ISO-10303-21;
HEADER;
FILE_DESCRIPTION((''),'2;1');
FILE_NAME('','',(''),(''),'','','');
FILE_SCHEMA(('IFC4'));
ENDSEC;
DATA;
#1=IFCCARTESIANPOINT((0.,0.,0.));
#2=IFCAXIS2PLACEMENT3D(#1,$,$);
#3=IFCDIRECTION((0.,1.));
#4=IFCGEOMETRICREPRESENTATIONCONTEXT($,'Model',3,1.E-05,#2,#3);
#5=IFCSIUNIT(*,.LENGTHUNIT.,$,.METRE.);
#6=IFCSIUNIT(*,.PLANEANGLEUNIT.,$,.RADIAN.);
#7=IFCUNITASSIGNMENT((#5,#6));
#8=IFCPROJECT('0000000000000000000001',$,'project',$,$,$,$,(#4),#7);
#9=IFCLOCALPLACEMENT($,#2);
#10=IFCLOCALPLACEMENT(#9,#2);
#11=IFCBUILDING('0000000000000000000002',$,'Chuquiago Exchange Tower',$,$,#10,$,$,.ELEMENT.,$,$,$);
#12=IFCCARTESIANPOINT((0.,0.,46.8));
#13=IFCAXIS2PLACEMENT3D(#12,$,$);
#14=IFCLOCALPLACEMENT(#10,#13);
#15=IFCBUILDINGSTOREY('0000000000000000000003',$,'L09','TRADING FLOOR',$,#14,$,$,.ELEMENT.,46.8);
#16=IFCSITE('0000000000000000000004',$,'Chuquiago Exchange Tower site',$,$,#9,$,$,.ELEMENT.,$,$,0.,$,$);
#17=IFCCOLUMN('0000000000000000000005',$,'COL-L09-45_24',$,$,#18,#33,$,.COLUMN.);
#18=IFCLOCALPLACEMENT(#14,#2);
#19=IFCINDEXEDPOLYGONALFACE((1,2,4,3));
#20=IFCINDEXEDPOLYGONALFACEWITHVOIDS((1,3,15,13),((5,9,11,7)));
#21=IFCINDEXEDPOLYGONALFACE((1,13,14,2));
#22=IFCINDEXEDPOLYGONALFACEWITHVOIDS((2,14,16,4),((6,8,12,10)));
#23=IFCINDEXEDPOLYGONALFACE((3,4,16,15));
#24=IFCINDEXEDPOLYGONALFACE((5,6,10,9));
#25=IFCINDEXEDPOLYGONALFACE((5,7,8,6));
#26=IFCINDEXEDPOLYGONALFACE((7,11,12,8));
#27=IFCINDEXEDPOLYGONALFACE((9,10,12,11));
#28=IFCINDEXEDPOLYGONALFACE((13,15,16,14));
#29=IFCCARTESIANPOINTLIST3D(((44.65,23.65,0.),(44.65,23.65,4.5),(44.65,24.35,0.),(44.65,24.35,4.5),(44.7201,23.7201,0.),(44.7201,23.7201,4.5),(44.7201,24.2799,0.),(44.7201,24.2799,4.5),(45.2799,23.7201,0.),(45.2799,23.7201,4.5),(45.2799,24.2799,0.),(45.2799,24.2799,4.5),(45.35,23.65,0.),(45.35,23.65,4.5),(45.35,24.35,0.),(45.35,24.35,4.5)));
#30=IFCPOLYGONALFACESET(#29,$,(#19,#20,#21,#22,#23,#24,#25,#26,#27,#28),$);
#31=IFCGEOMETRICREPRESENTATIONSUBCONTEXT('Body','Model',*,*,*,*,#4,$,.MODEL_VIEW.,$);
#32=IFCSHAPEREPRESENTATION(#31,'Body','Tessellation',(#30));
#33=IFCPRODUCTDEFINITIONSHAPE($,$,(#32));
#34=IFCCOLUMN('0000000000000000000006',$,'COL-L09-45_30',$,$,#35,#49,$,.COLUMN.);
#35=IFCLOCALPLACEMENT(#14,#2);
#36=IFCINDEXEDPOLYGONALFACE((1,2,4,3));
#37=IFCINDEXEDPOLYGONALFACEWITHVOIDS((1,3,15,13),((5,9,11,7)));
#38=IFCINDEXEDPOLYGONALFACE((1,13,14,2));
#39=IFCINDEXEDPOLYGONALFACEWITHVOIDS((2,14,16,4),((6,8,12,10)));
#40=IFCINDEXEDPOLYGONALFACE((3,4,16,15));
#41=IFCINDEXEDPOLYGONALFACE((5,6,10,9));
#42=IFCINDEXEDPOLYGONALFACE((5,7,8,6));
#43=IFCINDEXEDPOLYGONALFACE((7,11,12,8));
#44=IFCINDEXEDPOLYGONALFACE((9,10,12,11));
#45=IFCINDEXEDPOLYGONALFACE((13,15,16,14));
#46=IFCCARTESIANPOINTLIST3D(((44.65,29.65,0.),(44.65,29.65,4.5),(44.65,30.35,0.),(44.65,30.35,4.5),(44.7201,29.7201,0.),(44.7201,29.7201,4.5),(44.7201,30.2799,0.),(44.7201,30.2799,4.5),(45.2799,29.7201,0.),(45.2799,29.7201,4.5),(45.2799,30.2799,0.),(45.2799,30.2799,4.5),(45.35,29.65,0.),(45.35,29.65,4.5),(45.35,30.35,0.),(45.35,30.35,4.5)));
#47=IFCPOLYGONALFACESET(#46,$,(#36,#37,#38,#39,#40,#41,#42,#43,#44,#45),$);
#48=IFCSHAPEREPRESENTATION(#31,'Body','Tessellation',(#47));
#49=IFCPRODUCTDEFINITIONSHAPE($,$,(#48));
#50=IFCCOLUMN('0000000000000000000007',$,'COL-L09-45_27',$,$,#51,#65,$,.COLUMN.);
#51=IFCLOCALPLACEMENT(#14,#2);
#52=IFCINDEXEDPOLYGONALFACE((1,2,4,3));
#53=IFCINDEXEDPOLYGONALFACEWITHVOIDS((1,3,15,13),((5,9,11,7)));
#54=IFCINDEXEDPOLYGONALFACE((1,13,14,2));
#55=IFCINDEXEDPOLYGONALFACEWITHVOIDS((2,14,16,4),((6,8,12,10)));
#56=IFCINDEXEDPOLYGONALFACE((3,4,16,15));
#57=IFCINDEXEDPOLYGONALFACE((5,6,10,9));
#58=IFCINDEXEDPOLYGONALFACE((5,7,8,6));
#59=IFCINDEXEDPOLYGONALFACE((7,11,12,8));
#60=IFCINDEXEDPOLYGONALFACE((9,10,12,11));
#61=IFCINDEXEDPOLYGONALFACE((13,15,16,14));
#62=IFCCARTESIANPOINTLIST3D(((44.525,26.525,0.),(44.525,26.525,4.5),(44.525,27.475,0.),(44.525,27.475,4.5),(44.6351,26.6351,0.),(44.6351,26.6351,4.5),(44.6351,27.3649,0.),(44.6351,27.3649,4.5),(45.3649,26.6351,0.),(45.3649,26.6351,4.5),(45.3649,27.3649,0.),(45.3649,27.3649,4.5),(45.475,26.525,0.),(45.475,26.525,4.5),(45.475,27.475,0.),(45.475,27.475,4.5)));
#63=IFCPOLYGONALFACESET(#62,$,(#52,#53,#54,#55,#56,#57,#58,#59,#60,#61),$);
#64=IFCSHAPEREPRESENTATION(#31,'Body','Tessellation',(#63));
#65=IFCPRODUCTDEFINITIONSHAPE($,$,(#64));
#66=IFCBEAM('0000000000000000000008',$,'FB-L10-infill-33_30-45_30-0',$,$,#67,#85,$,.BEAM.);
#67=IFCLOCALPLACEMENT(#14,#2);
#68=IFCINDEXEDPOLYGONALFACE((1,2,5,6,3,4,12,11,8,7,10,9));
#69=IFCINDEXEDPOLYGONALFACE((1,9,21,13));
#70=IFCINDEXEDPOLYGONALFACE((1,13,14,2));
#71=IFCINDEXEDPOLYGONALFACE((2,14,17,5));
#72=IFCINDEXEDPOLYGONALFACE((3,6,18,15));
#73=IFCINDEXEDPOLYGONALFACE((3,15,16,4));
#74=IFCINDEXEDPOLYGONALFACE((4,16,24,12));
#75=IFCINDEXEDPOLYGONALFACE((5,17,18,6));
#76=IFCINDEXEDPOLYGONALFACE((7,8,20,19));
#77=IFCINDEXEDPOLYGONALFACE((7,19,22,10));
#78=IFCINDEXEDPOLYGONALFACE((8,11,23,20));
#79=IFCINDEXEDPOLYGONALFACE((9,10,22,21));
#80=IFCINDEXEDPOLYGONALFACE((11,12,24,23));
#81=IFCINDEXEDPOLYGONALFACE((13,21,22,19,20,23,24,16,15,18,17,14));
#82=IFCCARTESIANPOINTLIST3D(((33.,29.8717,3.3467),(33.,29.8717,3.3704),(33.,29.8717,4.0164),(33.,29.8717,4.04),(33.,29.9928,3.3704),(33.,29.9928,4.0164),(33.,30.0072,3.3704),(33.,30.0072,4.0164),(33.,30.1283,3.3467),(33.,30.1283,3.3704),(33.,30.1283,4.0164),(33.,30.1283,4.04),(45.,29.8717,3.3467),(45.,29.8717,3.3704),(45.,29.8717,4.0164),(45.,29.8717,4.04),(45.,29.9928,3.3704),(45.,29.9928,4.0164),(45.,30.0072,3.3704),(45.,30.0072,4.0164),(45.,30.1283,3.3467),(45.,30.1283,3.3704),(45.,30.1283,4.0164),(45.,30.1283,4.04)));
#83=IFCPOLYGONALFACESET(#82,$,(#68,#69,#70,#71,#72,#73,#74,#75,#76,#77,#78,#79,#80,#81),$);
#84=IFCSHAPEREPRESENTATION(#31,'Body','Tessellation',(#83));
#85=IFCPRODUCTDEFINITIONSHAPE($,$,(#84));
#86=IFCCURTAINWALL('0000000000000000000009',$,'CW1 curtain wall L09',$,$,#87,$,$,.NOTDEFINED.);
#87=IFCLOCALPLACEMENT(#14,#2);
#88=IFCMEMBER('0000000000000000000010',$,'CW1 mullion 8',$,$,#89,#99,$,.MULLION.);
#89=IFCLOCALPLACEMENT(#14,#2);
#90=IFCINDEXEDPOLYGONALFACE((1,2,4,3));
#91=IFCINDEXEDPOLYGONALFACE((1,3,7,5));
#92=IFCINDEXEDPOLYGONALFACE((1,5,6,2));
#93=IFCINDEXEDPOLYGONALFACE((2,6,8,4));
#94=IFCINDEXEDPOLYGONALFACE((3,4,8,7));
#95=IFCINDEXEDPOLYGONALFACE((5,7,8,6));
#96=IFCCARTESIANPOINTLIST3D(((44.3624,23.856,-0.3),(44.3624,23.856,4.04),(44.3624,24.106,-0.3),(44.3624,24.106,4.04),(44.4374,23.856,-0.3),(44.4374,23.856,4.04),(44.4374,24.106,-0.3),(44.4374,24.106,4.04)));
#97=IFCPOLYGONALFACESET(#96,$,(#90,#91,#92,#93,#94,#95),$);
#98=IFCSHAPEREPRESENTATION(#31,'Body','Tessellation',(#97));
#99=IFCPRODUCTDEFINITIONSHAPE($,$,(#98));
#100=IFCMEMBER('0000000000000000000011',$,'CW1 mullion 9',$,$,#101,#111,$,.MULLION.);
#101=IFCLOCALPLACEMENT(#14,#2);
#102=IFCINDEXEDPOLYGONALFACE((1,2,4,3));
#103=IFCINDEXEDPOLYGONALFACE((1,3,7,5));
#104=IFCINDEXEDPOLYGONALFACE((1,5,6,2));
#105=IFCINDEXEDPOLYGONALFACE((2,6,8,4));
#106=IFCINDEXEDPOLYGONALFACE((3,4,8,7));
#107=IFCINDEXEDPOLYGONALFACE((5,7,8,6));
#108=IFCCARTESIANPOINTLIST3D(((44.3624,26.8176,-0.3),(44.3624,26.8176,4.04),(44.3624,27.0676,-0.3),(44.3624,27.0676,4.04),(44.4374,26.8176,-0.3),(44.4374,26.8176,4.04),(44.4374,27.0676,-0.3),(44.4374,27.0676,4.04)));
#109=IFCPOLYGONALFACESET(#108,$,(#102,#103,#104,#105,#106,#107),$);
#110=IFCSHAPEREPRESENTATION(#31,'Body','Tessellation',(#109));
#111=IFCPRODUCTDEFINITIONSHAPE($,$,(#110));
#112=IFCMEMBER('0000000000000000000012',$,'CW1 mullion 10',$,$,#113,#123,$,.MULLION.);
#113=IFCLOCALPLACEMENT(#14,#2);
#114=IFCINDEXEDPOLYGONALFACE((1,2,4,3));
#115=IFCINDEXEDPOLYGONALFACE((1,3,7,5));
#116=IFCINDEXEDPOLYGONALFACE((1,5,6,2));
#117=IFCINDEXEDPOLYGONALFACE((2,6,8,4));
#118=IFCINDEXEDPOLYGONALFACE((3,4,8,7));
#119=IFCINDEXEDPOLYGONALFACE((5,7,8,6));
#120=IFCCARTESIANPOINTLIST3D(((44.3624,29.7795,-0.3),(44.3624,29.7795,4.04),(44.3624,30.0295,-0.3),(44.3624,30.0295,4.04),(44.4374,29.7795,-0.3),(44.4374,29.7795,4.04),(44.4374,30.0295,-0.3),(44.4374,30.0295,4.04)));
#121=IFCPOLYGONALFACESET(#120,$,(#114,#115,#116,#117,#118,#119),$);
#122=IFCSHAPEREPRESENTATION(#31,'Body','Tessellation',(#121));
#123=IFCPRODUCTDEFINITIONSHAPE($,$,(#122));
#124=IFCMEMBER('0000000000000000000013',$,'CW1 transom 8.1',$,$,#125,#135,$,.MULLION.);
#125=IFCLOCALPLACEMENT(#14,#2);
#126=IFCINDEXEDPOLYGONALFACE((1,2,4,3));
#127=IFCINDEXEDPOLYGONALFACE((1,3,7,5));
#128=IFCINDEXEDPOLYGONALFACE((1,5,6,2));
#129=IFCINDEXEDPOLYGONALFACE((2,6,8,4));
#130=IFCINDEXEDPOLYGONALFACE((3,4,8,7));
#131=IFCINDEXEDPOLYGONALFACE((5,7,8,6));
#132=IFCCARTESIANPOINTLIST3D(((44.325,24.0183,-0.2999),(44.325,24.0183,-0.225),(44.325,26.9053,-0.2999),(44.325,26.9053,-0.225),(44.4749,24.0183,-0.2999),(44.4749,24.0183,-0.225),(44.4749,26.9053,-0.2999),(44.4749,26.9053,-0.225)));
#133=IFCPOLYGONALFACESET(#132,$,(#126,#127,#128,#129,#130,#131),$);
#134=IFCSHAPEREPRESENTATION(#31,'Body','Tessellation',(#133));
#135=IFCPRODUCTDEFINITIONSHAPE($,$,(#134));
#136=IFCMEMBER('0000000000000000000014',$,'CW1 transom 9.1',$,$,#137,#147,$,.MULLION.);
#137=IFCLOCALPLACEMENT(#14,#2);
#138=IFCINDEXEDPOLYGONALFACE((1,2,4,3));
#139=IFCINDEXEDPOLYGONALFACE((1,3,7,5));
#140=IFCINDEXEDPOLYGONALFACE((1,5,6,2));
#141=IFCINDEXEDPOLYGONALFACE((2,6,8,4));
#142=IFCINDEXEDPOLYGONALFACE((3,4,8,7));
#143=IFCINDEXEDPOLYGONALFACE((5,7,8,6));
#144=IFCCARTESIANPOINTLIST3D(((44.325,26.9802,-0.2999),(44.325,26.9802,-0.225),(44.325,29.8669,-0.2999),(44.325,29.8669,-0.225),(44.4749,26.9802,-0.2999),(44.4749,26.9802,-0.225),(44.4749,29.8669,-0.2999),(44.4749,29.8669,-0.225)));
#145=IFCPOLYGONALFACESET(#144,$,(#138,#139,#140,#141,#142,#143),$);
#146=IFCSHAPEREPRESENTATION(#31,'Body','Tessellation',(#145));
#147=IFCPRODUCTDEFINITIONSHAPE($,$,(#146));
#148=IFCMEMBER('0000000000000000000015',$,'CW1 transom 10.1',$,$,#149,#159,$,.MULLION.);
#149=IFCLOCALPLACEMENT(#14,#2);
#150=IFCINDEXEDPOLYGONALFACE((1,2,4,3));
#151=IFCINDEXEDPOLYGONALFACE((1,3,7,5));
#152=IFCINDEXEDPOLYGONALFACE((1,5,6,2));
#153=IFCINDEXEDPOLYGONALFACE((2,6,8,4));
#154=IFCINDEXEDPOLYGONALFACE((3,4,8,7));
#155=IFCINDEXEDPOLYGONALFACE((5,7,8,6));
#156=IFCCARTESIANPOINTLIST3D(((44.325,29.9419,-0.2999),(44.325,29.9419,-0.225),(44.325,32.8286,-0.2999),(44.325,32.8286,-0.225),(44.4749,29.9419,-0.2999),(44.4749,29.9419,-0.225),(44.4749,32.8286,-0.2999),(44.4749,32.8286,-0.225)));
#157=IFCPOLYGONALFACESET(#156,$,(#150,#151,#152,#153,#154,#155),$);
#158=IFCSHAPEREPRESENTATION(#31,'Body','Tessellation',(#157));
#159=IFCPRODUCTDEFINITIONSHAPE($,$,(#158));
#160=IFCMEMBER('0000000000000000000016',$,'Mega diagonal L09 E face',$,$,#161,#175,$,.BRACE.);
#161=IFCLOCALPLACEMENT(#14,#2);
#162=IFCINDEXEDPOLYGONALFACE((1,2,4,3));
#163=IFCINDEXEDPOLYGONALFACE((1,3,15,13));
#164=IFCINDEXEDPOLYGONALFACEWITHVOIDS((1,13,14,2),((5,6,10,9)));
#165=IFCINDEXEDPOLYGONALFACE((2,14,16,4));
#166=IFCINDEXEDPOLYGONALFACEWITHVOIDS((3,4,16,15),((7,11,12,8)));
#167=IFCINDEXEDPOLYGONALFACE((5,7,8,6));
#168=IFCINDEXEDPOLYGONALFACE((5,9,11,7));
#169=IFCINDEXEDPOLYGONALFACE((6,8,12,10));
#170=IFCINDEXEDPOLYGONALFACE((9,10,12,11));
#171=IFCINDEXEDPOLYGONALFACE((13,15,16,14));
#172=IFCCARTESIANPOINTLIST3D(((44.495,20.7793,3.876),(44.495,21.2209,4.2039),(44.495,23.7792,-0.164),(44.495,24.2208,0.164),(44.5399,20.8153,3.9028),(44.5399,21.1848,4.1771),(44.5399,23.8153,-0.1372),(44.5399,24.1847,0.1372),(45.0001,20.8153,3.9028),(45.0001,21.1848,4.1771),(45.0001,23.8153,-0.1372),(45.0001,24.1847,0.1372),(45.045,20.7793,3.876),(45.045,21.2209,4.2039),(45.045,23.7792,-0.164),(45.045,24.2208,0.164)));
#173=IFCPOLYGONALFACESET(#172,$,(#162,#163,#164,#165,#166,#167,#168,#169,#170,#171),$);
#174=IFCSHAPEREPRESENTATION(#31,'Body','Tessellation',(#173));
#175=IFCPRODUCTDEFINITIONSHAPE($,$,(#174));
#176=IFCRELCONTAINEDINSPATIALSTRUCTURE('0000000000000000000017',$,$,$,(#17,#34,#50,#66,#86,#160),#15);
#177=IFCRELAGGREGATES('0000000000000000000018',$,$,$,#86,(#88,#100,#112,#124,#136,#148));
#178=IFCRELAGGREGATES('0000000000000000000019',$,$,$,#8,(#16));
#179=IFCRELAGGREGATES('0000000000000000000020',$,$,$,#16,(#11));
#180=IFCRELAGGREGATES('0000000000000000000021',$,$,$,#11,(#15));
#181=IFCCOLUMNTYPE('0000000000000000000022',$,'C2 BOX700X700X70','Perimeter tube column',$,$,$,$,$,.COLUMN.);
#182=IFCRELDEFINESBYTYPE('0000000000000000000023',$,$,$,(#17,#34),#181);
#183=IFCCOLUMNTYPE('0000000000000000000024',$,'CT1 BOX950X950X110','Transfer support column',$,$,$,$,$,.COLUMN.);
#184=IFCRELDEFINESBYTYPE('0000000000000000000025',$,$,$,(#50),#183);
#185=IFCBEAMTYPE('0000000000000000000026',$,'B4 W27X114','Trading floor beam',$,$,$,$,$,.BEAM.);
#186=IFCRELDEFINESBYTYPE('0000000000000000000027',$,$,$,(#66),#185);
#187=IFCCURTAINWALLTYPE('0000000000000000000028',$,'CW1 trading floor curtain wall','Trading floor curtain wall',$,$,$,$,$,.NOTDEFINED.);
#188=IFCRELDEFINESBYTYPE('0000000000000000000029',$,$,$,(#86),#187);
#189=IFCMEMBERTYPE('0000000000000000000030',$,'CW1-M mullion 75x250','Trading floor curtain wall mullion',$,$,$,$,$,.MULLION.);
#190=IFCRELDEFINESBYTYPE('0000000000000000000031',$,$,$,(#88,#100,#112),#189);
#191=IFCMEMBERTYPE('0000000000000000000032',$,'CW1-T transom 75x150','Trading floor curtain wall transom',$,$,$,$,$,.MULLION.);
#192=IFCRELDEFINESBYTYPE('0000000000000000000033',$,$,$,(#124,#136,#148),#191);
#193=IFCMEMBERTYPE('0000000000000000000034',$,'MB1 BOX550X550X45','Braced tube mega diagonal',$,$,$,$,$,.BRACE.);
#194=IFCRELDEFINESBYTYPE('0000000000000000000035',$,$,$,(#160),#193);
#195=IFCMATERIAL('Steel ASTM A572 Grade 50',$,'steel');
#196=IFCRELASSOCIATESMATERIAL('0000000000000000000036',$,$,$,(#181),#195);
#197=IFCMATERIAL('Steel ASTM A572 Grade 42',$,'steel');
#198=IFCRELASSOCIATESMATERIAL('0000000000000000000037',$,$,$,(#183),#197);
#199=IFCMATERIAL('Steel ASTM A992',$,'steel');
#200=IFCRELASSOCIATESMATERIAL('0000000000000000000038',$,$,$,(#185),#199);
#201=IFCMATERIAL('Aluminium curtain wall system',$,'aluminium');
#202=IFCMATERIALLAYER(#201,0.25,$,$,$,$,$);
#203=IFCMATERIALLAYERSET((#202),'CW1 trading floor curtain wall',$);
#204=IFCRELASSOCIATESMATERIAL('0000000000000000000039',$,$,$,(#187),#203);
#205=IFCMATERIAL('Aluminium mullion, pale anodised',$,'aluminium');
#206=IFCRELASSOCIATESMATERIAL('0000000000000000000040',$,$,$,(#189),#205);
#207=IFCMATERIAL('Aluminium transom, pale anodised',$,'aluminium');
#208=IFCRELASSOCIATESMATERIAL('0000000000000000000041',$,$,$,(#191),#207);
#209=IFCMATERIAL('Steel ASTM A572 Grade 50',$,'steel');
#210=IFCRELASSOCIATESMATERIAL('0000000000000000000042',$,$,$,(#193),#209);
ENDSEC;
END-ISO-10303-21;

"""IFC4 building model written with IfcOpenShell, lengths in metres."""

from ifc_helpers import new_model, si_unit, direction, frame, origin, origin_2d, place, context, subcontext, project, spatial, rectangle, hollow_rectangle, i_section, extrude, material, layer, layer_set, material_profile, profile_set, type_object, element, aggregate, save


model = new_model("IFC4")

# Units and contexts
model_context = context("Model", 3, precision=1e-05, world=origin(), true_north=direction((0.0, 1.0)))
body_context = subcontext(model_context, "Body", "Model", "MODEL_VIEW")
ifc_project = project(units=[si_unit("LENGTHUNIT", "METRE"), si_unit("PLANEANGLEUNIT", "RADIAN")], contexts=[model_context])

# Site, building, storey
site_placement = place(None, origin())
site = spatial("IfcSite", under=ifc_project, at=site_placement, Name="Chuquiago Exchange Tower site", CompositionType="ELEMENT", RefElevation=0.0)
building_placement = place(site_placement, origin())
building = spatial("IfcBuilding", under=site, at=building_placement, Name="Chuquiago Exchange Tower", CompositionType="ELEMENT")
storey_placement = place(building_placement, frame((0.0, 0.0, 46.8)))
storey = spatial("IfcBuildingStorey", under=building, at=storey_placement, Name="L09", Description="TRADING FLOOR", CompositionType="ELEMENT", Elevation=46.8)

# Columns
ifc_material_1 = material(Name="Steel ASTM A572 Grade 50", Category="steel")
ifc_material_profile_1 = material_profile(ifc_material_1, hollow_rectangle(XDim=0.7, YDim=0.7, WallThickness=0.0701, at=origin_2d()), Name="BOX700X700X70")
ifc_profile_set_1 = profile_set([ifc_material_profile_1], Name="Steel ASTM A572 Grade 50")
column_type_1 = type_object("IfcColumnType", Name="C2 BOX700X700X70", Description="Perimeter tube column", PredefinedType="COLUMN", material=ifc_profile_set_1)
for number, where, z_axis, x_axis, name in (
    (1, (45.0, 24.0, 0.0), (0.0, 0.0, 1.0), (1.0, 0.0, 0.0), "COL-L09-45_24"),
    (2, (45.0, 30.0, 0.0), (0.0, 0.0, 1.0), (1.0, 0.0, 0.0), "COL-L09-45_30"),
):
    element("IfcColumn", number, at=place(storey_placement, frame(where, z_axis=z_axis, x_axis=x_axis)), inside=storey, type_object=column_type_1, Name=name, PredefinedType="COLUMN", context=body_context, shape_type="SweptSolid", body=[
        extrude(hollow_rectangle(XDim=0.7, YDim=0.7, WallThickness=0.0701, at=origin_2d()), origin(), (0.0, 0.0, 1.0), 4.5),
    ])
ifc_material_2 = material(Name="Steel ASTM A572 Grade 42", Category="steel")
ifc_material_profile_2 = material_profile(ifc_material_2, hollow_rectangle(XDim=0.95, YDim=0.95, WallThickness=0.1101, at=origin_2d()), Name="BOX950X950X110")
ifc_profile_set_2 = profile_set([ifc_material_profile_2], Name="Steel ASTM A572 Grade 42")
column_type_2 = type_object("IfcColumnType", Name="CT1 BOX950X950X110", Description="Transfer support column", PredefinedType="COLUMN", material=ifc_profile_set_2)
column_placement = place(storey_placement, frame((45.0, 27.0, 0.0), z_axis=(0.0, 0.0, 1.0), x_axis=(1.0, 0.0, 0.0)))
element("IfcColumn", 3, at=column_placement, inside=storey, type_object=column_type_2, Name="COL-L09-45_27", PredefinedType="COLUMN", context=body_context, shape_type="SweptSolid", body=[
    extrude(hollow_rectangle(XDim=0.95, YDim=0.95, WallThickness=0.1101, at=origin_2d()), origin(), (0.0, 0.0, 1.0), 4.5),
])

# Beam
ifc_material_3 = material(Name="Steel ASTM A992", Category="steel")
ifc_material_profile_3 = material_profile(ifc_material_3, i_section(OverallWidth=0.2566, OverallDepth=0.6934, WebThickness=0.0144, FlangeThickness=0.0237, at=origin_2d()), Name="W27X114")
ifc_profile_set_3 = profile_set([ifc_material_profile_3], Name="Steel ASTM A992")
beam_type_1 = type_object("IfcBeamType", Name="B4 W27X114", Description="Trading floor beam", PredefinedType="BEAM", material=ifc_profile_set_3)
beam_placement = place(storey_placement, frame((33.0, 30.0, 3.6934), z_axis=(1.0, 0.0, 0.0), x_axis=(0.0, 1.0, 0.0)))
element("IfcBeam", 4, at=beam_placement, inside=storey, type_object=beam_type_1, Name="FB-L10-infill-33_30-45_30-0", PredefinedType="BEAM", context=body_context, shape_type="SweptSolid", body=[
    extrude(i_section(OverallWidth=0.2566, OverallDepth=0.6934, WebThickness=0.0144, FlangeThickness=0.0237, at=origin_2d()), origin(), (0.0, 0.0, 1.0), 12.0),
])

# Curtain wall, members
ifc_material_4 = material(Name="Aluminium curtain wall system", Category="aluminium")
ifc_layer_1 = layer(ifc_material_4, 0.25)
ifc_layer_set_1 = layer_set([ifc_layer_1], Name="CW1 trading floor curtain wall")
curtain_wall_type = type_object("IfcCurtainWallType", Name="CW1 trading floor curtain wall", Description="Trading floor curtain wall", PredefinedType="NOTDEFINED", material=ifc_layer_set_1)
curtain_wall_placement = place(storey_placement, origin())
curtain_wall = element("IfcCurtainWall", 5, at=curtain_wall_placement, inside=storey, type_object=curtain_wall_type, Name="CW1 curtain wall L09", PredefinedType="NOTDEFINED")
ifc_material_5 = material(Name="Aluminium mullion, pale anodised", Category="aluminium")
ifc_material_profile_4 = material_profile(ifc_material_5, rectangle(XDim=0.075, YDim=0.25, at=origin_2d()), Name="AL 75x250")
ifc_profile_set_4 = profile_set([ifc_material_profile_4], Name="Aluminium mullion, pale anodised")
member_type_1 = type_object("IfcMemberType", Name="CW1-M mullion 75x250", Description="Trading floor curtain wall mullion", PredefinedType="MULLION", material=ifc_profile_set_4)
member_1_placement = place(storey_placement, frame((44.3999, 23.981, -0.3), z_axis=(0.0, 0.0, 1.0), x_axis=(-1.0, 0.0, 0.0)))
member_1 = element("IfcMember", 6, at=member_1_placement, type_object=member_type_1, Name="CW1 mullion 8", PredefinedType="MULLION", context=body_context, shape_type="SweptSolid", body=[
    extrude(rectangle(XDim=0.075, YDim=0.25, at=origin_2d()), origin(), (0.0, 0.0, 1.0), 4.3401),
])
member_2_placement = place(storey_placement, frame((44.3999, 26.9426, -0.3), z_axis=(0.0, 0.0, 1.0), x_axis=(-1.0, 0.0, 0.0)))
member_2 = element("IfcMember", 7, at=member_2_placement, type_object=member_type_1, Name="CW1 mullion 9", PredefinedType="MULLION", context=body_context, shape_type="SweptSolid", body=[
    extrude(rectangle(XDim=0.075, YDim=0.25, at=origin_2d()), origin(), (0.0, 0.0, 1.0), 4.3401),
])
member_3_placement = place(storey_placement, frame((44.3999, 29.9045, -0.3), z_axis=(0.0, 0.0, 1.0), x_axis=(-1.0, 0.0, 0.0)))
member_3 = element("IfcMember", 8, at=member_3_placement, type_object=member_type_1, Name="CW1 mullion 10", PredefinedType="MULLION", context=body_context, shape_type="SweptSolid", body=[
    extrude(rectangle(XDim=0.075, YDim=0.25, at=origin_2d()), origin(), (0.0, 0.0, 1.0), 4.3401),
])
ifc_material_6 = material(Name="Aluminium transom, pale anodised", Category="aluminium")
ifc_material_profile_5 = material_profile(ifc_material_6, rectangle(XDim=0.1499, YDim=0.075, at=origin_2d()), Name="AL 150x75")
ifc_profile_set_5 = profile_set([ifc_material_profile_5], Name="Aluminium transom, pale anodised")
member_type_2 = type_object("IfcMemberType", Name="CW1-T transom 75x150", Description="Trading floor curtain wall transom", PredefinedType="MULLION", material=ifc_profile_set_5)
member_4_placement = place(storey_placement, frame((44.3999, 24.0183, -0.2625), z_axis=(0.0, 1.0, 0.0), x_axis=(-1.0, 0.0, 0.0)))
member_4 = element("IfcMember", 9, at=member_4_placement, type_object=member_type_2, Name="CW1 transom 8.1", PredefinedType="MULLION", context=body_context, shape_type="SweptSolid", body=[
    extrude(rectangle(XDim=0.1499, YDim=0.075, at=origin_2d()), origin(), (0.0, 0.0, 1.0), 2.887),
])
member_5_placement = place(storey_placement, frame((44.3999, 26.9802, -0.2625), z_axis=(0.0, 1.0, 0.0), x_axis=(-1.0, 0.0, 0.0)))
member_5 = element("IfcMember", 10, at=member_5_placement, type_object=member_type_2, Name="CW1 transom 9.1", PredefinedType="MULLION", context=body_context, shape_type="SweptSolid", body=[
    extrude(rectangle(XDim=0.1499, YDim=0.075, at=origin_2d()), origin(), (0.0, 0.0, 1.0), 2.8867),
])
member_6_placement = place(storey_placement, frame((44.3999, 29.9419, -0.2625), z_axis=(0.0, 1.0, 0.0), x_axis=(-1.0, 0.0, 0.0)))
member_6 = element("IfcMember", 11, at=member_6_placement, type_object=member_type_2, Name="CW1 transom 10.1", PredefinedType="MULLION", context=body_context, shape_type="SweptSolid", body=[
    extrude(rectangle(XDim=0.1499, YDim=0.075, at=origin_2d()), origin(), (0.0, 0.0, 1.0), 2.8867),
])

# Member
ifc_material_7 = material(Name="Steel ASTM A572 Grade 50", Category="steel")
ifc_material_profile_6 = material_profile(ifc_material_7, hollow_rectangle(XDim=0.55, YDim=0.55, WallThickness=0.0449, at=origin_2d()), Name="BOX550X550X45")
ifc_profile_set_6 = profile_set([ifc_material_profile_6], Name="Steel ASTM A572 Grade 50")
member_type_3 = type_object("IfcMemberType", Name="MB1 BOX550X550X45", Description="Braced tube mega diagonal", PredefinedType="BRACE", material=ifc_profile_set_6)
member_7_placement = place(storey_placement, frame((44.77, 24.0, 0.0), z_axis=(0.0, -0.596174, 0.802855), x_axis=(1.0, 0.0, 0.0)))
element("IfcMember", 12, at=member_7_placement, inside=storey, type_object=member_type_3, Name="Mega diagonal L09 E face", PredefinedType="BRACE", context=body_context, shape_type="SweptSolid", body=[
    extrude(hollow_rectangle(XDim=0.55, YDim=0.55, WallThickness=0.0449, at=origin_2d()), origin(), (0.0, 0.0, 1.0), 5.032),
])

aggregate(curtain_wall, [member_1, member_2, member_3, member_4, member_5, member_6])

save(model, "model.ifc")
